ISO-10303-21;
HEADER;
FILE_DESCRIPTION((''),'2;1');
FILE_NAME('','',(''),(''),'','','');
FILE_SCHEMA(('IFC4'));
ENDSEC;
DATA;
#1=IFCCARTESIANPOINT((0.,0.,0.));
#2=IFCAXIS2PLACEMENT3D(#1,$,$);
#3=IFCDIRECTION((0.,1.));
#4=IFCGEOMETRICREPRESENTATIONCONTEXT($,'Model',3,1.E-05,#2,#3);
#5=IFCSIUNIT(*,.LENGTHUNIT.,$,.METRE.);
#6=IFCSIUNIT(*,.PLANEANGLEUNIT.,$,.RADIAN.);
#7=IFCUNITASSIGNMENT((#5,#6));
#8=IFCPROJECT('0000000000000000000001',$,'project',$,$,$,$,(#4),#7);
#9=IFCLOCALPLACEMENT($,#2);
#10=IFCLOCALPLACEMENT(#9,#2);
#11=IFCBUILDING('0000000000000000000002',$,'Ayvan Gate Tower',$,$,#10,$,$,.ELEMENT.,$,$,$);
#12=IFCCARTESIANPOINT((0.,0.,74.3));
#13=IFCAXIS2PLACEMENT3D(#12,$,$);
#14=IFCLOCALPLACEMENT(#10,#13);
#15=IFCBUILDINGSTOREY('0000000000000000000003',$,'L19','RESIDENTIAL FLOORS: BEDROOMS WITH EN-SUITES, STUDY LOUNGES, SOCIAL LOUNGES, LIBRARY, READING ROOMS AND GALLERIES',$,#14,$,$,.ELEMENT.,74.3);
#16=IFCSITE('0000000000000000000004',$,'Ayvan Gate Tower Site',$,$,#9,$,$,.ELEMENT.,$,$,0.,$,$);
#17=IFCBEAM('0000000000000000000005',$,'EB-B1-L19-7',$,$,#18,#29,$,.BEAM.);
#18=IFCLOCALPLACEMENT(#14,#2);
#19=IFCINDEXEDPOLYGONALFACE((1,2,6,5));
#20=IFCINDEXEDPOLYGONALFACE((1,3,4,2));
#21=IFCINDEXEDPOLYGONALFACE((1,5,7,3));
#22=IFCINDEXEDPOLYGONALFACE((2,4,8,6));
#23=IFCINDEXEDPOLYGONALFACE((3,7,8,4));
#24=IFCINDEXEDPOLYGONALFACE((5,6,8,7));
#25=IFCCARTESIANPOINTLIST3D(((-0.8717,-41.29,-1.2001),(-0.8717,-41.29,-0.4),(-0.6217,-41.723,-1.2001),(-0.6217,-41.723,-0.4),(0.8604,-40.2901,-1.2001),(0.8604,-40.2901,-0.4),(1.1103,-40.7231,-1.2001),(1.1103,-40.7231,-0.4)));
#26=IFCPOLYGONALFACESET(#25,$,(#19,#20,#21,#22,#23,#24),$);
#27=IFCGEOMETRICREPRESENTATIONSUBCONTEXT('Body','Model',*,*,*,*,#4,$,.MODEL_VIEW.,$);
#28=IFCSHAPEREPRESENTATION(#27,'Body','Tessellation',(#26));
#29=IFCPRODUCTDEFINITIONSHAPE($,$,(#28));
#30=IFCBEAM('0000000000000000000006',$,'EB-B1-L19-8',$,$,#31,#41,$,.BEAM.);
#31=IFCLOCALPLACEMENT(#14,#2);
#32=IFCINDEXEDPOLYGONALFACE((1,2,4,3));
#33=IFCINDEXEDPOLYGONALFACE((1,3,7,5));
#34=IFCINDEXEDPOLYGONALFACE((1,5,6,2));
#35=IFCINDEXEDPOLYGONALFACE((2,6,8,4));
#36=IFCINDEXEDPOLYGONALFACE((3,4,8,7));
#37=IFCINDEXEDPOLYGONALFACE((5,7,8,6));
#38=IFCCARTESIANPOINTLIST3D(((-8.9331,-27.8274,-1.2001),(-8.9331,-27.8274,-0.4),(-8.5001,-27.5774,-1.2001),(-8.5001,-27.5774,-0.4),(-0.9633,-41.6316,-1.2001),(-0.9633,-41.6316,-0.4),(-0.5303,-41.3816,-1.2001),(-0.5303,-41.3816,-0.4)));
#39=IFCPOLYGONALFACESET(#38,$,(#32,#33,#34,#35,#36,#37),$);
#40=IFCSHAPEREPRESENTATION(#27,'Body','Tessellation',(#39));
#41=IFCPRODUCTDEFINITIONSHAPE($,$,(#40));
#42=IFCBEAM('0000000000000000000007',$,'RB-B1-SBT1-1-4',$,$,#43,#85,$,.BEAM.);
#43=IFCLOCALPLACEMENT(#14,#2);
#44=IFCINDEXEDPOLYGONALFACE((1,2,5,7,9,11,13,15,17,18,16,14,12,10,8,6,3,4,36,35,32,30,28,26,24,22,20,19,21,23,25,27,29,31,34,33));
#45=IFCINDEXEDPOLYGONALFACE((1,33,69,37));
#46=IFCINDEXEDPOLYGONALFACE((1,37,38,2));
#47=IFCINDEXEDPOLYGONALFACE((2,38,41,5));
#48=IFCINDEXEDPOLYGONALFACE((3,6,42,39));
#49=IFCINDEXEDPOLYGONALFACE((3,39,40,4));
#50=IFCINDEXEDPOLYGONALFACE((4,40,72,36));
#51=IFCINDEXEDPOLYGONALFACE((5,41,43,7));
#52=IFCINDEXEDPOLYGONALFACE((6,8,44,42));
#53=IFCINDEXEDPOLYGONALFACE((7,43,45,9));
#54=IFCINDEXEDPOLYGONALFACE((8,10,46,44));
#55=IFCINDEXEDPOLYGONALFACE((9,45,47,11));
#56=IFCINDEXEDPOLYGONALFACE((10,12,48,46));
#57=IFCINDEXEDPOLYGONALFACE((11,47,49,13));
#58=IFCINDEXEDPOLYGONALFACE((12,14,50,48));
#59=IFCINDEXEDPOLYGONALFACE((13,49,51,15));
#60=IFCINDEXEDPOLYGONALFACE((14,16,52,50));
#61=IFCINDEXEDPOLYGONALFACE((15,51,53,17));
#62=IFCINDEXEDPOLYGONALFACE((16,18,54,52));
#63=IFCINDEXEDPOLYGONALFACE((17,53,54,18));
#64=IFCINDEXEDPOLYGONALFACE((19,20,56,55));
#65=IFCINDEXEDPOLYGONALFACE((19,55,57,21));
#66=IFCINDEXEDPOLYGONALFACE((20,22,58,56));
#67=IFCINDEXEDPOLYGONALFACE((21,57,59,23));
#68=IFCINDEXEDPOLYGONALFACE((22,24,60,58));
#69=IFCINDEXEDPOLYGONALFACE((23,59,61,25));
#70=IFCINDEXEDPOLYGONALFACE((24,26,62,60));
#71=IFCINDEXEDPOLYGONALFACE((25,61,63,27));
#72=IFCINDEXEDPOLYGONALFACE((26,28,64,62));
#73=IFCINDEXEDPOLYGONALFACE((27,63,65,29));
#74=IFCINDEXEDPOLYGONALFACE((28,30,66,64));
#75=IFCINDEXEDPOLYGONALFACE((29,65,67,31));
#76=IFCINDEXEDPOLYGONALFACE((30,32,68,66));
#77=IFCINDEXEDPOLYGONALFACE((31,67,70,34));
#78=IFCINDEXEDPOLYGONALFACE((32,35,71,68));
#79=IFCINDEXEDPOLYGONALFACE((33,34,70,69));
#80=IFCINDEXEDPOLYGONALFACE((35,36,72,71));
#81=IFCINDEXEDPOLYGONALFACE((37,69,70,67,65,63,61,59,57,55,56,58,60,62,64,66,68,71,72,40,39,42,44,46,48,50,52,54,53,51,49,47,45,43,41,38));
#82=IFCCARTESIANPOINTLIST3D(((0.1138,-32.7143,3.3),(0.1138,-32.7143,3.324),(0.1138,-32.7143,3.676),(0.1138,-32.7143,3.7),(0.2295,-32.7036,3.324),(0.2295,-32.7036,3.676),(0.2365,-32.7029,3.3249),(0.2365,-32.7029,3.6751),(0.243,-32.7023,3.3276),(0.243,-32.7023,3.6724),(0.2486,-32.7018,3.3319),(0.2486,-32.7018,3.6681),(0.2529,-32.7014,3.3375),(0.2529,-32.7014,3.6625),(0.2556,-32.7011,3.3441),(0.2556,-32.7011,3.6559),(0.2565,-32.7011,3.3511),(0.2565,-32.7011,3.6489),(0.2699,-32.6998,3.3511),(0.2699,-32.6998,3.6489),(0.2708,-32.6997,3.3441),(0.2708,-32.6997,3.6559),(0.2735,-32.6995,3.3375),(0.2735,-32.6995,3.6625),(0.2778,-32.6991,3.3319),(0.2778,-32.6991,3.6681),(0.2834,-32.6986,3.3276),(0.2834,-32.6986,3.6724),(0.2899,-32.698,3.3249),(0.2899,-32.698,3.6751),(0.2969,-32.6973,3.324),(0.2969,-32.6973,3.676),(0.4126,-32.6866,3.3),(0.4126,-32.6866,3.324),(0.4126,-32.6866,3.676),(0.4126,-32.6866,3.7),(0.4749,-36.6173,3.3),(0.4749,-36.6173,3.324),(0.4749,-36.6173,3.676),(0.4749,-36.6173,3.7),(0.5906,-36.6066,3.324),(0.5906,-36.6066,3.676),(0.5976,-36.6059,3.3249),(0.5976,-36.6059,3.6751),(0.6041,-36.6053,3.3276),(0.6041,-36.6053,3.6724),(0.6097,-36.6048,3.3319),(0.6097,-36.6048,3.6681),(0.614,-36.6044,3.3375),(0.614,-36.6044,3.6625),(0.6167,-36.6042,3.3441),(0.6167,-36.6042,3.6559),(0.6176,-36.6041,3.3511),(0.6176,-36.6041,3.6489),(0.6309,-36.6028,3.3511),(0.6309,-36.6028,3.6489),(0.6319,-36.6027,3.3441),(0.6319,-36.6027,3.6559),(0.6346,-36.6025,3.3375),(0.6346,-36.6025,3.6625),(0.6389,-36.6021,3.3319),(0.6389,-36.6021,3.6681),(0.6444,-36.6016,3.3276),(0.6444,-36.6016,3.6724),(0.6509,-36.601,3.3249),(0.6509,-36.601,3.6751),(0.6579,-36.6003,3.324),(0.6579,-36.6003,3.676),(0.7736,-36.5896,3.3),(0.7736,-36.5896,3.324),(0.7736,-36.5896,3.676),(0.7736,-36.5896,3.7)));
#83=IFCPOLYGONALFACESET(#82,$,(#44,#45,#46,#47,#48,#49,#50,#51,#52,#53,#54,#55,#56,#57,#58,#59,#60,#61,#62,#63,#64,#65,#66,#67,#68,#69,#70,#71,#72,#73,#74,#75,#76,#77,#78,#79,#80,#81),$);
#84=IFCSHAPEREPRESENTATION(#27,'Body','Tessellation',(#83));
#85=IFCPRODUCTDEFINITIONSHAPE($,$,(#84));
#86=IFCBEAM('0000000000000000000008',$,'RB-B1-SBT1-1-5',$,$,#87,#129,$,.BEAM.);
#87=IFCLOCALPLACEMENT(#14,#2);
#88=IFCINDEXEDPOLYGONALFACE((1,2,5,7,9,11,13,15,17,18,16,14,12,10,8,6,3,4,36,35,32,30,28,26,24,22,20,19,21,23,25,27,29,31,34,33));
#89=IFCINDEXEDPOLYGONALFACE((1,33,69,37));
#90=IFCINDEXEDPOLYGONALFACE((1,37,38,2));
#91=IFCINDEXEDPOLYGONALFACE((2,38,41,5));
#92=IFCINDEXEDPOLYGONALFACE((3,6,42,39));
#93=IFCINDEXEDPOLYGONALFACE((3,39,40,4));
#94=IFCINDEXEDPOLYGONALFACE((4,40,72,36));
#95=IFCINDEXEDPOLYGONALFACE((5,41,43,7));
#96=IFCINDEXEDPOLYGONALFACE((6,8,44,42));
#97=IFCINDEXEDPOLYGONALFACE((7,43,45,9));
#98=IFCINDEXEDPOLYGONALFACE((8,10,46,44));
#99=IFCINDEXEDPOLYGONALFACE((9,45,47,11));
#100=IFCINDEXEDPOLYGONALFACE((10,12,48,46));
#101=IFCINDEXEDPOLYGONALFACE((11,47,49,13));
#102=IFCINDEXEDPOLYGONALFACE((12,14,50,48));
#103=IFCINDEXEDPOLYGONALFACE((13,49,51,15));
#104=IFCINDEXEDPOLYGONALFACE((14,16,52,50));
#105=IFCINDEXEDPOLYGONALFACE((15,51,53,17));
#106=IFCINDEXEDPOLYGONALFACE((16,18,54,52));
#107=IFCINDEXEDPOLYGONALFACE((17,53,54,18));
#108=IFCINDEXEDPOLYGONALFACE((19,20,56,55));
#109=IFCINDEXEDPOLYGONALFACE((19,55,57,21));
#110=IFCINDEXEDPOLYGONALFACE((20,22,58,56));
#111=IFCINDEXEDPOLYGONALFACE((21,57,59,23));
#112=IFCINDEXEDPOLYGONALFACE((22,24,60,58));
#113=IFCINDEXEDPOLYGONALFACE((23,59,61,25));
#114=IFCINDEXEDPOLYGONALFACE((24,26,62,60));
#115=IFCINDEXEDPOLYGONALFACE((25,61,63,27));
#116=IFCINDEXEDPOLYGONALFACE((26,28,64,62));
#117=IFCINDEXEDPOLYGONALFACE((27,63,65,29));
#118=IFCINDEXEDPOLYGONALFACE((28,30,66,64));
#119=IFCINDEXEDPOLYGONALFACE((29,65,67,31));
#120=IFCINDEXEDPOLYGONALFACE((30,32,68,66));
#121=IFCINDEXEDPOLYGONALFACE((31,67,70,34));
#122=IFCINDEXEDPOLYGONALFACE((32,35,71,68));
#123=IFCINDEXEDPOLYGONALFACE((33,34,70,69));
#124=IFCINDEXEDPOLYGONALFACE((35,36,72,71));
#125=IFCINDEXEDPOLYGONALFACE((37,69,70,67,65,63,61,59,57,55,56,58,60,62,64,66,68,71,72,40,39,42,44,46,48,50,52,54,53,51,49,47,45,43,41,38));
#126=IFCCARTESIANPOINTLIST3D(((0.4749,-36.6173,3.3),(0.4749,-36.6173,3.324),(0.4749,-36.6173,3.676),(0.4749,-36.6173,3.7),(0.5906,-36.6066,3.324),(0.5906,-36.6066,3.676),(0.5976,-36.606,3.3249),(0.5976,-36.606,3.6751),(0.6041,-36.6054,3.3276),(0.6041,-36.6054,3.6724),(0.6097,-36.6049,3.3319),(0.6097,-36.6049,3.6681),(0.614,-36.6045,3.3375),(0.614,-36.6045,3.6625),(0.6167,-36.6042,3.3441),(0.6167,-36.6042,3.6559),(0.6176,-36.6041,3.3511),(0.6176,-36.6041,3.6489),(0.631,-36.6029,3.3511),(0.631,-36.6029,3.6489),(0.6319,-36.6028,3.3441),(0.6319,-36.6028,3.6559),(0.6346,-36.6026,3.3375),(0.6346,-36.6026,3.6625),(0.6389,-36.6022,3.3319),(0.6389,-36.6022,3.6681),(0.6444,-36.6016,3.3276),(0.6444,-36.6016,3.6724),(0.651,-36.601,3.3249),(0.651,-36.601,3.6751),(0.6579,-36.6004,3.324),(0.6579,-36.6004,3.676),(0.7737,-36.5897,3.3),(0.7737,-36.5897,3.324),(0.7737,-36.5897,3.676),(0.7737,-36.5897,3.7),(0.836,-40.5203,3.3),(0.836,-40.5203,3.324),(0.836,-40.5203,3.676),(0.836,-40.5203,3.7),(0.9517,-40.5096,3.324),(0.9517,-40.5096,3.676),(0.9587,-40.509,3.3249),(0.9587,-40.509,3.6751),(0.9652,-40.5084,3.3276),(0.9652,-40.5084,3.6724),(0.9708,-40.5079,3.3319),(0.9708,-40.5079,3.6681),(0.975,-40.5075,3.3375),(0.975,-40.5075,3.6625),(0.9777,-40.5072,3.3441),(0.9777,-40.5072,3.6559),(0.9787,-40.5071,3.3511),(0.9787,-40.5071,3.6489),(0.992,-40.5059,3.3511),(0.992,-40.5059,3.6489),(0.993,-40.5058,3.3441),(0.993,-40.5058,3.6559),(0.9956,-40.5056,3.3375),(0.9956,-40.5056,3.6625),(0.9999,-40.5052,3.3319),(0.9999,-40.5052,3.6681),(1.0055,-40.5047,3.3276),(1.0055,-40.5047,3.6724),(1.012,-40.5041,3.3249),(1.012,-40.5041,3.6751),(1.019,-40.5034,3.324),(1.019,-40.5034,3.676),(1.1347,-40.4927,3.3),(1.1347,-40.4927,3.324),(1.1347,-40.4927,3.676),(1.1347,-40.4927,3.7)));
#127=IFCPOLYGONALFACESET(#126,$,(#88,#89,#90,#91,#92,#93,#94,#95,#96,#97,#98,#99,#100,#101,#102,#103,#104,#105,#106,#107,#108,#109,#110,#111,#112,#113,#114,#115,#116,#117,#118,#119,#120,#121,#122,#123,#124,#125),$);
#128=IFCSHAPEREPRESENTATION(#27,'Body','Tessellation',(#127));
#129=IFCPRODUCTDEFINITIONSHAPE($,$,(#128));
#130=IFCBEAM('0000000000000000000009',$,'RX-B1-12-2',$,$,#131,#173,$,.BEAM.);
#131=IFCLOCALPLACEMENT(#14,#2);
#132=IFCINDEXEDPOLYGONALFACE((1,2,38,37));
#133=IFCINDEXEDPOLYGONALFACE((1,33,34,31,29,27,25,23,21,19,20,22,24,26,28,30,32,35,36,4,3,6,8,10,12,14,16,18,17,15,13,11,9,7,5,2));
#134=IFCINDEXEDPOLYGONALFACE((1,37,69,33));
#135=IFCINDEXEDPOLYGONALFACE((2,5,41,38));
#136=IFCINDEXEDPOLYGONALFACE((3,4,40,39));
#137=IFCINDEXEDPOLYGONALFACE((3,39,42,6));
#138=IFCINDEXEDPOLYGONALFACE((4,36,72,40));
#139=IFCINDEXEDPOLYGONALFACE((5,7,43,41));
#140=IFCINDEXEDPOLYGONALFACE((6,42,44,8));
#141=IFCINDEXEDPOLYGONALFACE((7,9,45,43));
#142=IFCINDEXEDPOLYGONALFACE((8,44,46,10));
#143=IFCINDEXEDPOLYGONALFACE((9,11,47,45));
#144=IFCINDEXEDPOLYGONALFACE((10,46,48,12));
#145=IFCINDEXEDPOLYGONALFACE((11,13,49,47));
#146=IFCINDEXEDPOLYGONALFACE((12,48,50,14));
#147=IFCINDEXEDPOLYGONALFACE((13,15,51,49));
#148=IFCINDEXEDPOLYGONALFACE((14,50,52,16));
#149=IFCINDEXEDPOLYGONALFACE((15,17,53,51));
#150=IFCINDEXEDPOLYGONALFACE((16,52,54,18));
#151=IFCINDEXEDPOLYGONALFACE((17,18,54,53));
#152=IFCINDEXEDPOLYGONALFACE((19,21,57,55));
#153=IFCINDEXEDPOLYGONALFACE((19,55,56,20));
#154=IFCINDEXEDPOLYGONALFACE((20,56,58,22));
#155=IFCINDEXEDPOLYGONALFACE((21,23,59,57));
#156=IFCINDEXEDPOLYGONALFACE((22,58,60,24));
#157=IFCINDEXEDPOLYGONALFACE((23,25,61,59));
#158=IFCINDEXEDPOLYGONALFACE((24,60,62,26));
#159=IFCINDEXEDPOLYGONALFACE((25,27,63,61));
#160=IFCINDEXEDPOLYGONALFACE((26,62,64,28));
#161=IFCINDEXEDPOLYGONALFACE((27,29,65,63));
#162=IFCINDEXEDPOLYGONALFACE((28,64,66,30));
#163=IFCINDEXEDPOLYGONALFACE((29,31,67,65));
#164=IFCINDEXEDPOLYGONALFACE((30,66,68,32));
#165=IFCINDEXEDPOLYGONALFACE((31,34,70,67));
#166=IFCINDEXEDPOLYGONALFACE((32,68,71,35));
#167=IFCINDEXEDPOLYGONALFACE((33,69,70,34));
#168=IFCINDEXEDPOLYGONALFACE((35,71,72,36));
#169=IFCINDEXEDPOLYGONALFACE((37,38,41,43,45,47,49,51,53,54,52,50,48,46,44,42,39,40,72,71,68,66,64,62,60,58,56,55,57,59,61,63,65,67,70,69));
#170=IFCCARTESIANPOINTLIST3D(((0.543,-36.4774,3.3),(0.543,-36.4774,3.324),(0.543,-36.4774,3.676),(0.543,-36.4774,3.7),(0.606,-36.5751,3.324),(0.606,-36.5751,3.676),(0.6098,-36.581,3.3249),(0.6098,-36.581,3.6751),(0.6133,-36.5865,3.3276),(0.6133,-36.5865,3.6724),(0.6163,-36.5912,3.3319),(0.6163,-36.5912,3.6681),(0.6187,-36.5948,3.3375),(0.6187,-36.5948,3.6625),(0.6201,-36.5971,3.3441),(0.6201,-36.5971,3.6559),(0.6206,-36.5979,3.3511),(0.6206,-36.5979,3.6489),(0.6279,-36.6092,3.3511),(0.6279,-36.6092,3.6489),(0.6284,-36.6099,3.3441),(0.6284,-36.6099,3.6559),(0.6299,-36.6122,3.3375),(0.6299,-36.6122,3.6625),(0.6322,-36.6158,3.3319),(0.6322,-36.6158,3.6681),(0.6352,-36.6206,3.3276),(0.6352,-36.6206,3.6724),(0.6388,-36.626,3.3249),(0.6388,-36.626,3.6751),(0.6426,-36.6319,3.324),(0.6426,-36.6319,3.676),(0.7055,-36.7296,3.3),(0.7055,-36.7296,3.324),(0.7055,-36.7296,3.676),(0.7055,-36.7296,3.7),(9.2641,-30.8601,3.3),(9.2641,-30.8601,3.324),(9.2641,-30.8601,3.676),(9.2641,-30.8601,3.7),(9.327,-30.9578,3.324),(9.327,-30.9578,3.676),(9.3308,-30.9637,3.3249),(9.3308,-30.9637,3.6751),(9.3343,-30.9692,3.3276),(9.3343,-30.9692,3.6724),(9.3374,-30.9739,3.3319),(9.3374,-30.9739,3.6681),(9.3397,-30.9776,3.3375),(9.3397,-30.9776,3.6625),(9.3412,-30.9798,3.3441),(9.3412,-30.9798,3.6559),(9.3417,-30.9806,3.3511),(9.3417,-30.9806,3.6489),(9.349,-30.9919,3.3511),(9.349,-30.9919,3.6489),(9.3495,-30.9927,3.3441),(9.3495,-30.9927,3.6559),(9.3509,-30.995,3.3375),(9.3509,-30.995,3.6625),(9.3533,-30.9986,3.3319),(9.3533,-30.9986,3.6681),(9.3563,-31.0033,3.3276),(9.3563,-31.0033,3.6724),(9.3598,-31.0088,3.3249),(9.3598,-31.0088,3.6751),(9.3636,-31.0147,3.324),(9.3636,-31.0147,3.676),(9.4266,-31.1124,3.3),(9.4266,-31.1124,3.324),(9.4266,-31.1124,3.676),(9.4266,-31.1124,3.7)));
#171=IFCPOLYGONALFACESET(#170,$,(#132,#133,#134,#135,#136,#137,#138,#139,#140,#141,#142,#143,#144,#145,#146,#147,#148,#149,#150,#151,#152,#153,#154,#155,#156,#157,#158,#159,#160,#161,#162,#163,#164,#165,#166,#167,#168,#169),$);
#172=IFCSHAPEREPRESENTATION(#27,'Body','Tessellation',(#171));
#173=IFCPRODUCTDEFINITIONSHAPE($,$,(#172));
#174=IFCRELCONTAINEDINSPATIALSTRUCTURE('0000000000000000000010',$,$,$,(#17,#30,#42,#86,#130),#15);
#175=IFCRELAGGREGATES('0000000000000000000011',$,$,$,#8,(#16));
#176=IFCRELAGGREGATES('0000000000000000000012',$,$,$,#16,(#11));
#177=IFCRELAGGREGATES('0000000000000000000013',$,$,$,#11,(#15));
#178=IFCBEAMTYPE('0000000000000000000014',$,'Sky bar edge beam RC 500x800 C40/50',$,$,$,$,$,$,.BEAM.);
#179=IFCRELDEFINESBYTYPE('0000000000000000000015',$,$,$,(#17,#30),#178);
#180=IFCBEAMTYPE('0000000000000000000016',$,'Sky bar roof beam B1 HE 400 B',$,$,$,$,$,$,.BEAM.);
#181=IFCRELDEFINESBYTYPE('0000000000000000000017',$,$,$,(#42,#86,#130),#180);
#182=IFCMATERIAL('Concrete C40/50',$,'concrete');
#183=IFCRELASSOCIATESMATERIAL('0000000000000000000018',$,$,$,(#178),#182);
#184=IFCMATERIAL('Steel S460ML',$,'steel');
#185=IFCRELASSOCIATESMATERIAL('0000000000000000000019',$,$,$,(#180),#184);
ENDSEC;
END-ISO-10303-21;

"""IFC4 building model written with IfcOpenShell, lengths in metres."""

from ifc_helpers import new_model, si_unit, direction, frame, origin, origin_2d, place, context, subcontext, project, spatial, rectangle, i_section, extrude, material, material_profile, profile_set, type_object, element, save


model = new_model("IFC4")

# Units and contexts
model_context = context("Model", 3, precision=1e-05, world=origin(), true_north=direction((0.0, 1.0)))
body_context = subcontext(model_context, "Body", "Model", "MODEL_VIEW")
ifc_project = project(units=[si_unit("LENGTHUNIT", "METRE"), si_unit("PLANEANGLEUNIT", "RADIAN")], contexts=[model_context])

# Site, building, storey
site_placement = place(None, origin())
site = spatial("IfcSite", under=ifc_project, at=site_placement, Name="Ayvan Gate Tower Site", CompositionType="ELEMENT", RefElevation=0.0)
building_placement = place(site_placement, origin())
building = spatial("IfcBuilding", under=site, at=building_placement, Name="Ayvan Gate Tower", CompositionType="ELEMENT")
storey_placement = place(building_placement, frame((0.0, 0.0, 74.3)))
storey = spatial("IfcBuildingStorey", under=building, at=storey_placement, Name="L19", Description="RESIDENTIAL FLOORS: BEDROOMS WITH EN-SUITES, STUDY LOUNGES, SOCIAL LOUNGES, LIBRARY, READING ROOMS AND GALLERIES", CompositionType="ELEMENT", Elevation=74.3)

# Beams
ifc_material_1 = material(Name="Concrete C40/50", Category="concrete")
ifc_material_profile_1 = material_profile(ifc_material_1, rectangle(XDim=0.5, YDim=0.8, at=origin_2d()), Name="RC 500x800")
ifc_profile_set_1 = profile_set([ifc_material_profile_1], Name="Concrete C40/50")
beam_type_1 = type_object("IfcBeamType", Name="Sky bar edge beam RC 500x800 C40/50", PredefinedType="BEAM", material=ifc_profile_set_1)
beam_1_placement = place(storey_placement, frame((0.9854, -40.5066, -0.8), z_axis=(-0.866041, -0.499973, 0.0), x_axis=(0.499973, -0.866041, 0.0)))
element("IfcBeam", 1, at=beam_1_placement, inside=storey, type_object=beam_type_1, Name="EB-B1-L19-7", PredefinedType="BEAM", context=body_context, shape_type="SweptSolid", body=[
    extrude(rectangle(XDim=0.5, YDim=0.8, at=origin_2d()), origin(), (0.0, 0.0, 1.0), 2.0),
])
beam_2_placement = place(storey_placement, frame((-0.7468, -41.5066, -0.8), z_axis=(-0.499994, 0.866029, 0.0), x_axis=(-0.866029, -0.499994, 0.0)))
element("IfcBeam", 2, at=beam_2_placement, inside=storey, type_object=beam_type_1, Name="EB-B1-L19-8", PredefinedType="BEAM", context=body_context, shape_type="SweptSolid", body=[
    extrude(rectangle(XDim=0.5, YDim=0.8, at=origin_2d()), origin(), (0.0, 0.0, 1.0), 15.9397),
])
ifc_material_2 = material(Name="Steel S460ML", Category="steel")
ifc_material_profile_2 = material_profile(ifc_material_2, i_section(OverallWidth=0.3, OverallDepth=0.3999, WebThickness=0.0134, FlangeThickness=0.0239, FilletRadius=0.0271, at=origin_2d()), Name="HE 400 B")
ifc_profile_set_2 = profile_set([ifc_material_profile_2], Name="Steel S460ML")
beam_type_2 = type_object("IfcBeamType", Name="Sky bar roof beam B1 HE 400 B", PredefinedType="BEAM", material=ifc_profile_set_2)
for number, where, z_axis, x_axis, name in (
    (3, (0.2632, -32.7004, 3.5), (0.092119, -0.995748, 0.0), (0.995748, 0.092119, 0.0), "RB-B1-SBT1-1-4"),
    (4, (0.6243, -36.6035, 3.5), (0.092119, -0.995748, 0.0), (0.995748, 0.092119, 0.0), "RB-B1-SBT1-1-5"),
):
    element("IfcBeam", number, at=place(storey_placement, frame(where, z_axis=z_axis, x_axis=x_axis)), inside=storey, type_object=beam_type_2, Name=name, PredefinedType="BEAM", context=body_context, shape_type="SweptSolid", body=[
        extrude(i_section(OverallWidth=0.3, OverallDepth=0.3999, WebThickness=0.0134, FlangeThickness=0.0239, FilletRadius=0.0271, at=origin_2d()), origin(), (0.0, 0.0, 1.0), 3.9197),
    ])
beam_3_placement = place(storey_placement, frame((0.6243, -36.6035, 3.5), z_axis=(0.840702, 0.541498, 0.0), x_axis=(-0.541498, 0.840702, 0.0)))
element("IfcBeam", 5, at=beam_3_placement, inside=storey, type_object=beam_type_2, Name="RX-B1-12-2", PredefinedType="BEAM", context=body_context, shape_type="SweptSolid", body=[
    extrude(i_section(OverallWidth=0.3, OverallDepth=0.3999, WebThickness=0.0134, FlangeThickness=0.0239, FilletRadius=0.0271, at=origin_2d()), origin(), (0.0, 0.0, 1.0), 10.3735),
])

save(model, "model.ifc")
